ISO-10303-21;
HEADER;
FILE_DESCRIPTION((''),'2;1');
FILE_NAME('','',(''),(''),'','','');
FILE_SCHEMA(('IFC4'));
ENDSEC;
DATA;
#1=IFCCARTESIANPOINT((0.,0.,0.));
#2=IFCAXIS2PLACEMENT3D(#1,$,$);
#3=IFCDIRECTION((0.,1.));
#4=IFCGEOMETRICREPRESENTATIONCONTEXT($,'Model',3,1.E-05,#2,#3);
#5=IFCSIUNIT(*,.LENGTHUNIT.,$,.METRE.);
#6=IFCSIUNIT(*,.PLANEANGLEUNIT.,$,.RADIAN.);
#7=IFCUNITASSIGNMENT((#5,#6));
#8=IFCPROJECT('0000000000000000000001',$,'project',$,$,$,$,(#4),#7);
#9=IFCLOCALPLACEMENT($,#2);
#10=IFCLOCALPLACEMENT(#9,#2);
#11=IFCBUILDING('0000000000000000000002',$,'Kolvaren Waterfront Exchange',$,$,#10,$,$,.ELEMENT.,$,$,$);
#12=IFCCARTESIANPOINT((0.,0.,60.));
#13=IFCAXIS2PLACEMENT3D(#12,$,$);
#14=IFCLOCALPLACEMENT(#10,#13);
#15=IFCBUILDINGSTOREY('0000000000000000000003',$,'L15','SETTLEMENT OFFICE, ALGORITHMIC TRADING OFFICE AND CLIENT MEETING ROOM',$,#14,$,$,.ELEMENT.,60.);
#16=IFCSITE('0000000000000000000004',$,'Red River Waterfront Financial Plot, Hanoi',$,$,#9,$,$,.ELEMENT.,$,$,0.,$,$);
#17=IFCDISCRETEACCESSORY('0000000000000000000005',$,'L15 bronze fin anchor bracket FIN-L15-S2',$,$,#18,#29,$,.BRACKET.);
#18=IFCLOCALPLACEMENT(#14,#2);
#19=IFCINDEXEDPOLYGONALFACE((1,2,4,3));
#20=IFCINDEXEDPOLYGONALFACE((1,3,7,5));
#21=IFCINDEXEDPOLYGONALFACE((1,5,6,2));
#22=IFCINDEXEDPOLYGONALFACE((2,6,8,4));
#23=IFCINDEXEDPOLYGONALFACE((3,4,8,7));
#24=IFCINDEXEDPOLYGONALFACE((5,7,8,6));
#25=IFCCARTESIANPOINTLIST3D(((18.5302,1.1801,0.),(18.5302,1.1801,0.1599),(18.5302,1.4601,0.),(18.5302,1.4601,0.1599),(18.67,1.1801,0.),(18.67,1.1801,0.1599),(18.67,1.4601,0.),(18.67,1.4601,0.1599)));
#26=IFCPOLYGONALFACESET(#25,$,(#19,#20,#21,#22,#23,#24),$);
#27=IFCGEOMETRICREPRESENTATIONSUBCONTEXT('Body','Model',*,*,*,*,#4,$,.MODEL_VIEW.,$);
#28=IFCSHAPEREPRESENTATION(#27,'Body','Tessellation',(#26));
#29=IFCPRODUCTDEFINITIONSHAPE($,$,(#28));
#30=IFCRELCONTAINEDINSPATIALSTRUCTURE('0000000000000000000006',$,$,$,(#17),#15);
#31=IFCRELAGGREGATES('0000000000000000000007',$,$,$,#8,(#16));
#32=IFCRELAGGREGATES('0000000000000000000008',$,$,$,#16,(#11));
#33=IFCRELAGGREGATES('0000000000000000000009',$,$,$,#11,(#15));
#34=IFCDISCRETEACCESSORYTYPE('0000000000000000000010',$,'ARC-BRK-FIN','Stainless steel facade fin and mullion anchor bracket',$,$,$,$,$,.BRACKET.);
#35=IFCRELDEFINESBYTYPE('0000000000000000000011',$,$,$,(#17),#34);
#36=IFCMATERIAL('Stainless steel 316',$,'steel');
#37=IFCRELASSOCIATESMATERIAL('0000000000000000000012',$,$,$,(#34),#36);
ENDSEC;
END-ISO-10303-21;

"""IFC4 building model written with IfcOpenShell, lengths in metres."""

from ifc_helpers import new_model, si_unit, direction, frame, origin, origin_with_axes, origin_2d, place, context, subcontext, project, spatial, rectangle, extrude, source, transform, mapped, material, type_object, element, save


model = new_model("IFC4")

# Units and contexts
model_context = context("Model", 3, precision=1e-05, world=origin(), true_north=direction((0.0, 1.0)))
body_context = subcontext(model_context, "Body", "Model", "MODEL_VIEW")
ifc_project = project(units=[si_unit("LENGTHUNIT", "METRE"), si_unit("PLANEANGLEUNIT", "RADIAN")], contexts=[model_context])

# Site, building, storey
site_placement = place(None, origin())
site = spatial("IfcSite", under=ifc_project, at=site_placement, Name="Red River Waterfront Financial Plot, Hanoi", CompositionType="ELEMENT", RefElevation=0.0)
building_placement = place(site_placement, origin())
building = spatial("IfcBuilding", under=site, at=building_placement, Name="Kolvaren Waterfront Exchange", CompositionType="ELEMENT")
storey_placement = place(building_placement, frame((0.0, 0.0, 60.0)))
storey = spatial("IfcBuildingStorey", under=building, at=storey_placement, Name="L15", Description="SETTLEMENT OFFICE, ALGORITHMIC TRADING OFFICE AND CLIENT MEETING ROOM", CompositionType="ELEMENT", Elevation=60.0)

# Shared definitions
ifc_material_1 = material(Name="Stainless steel 316", Category="steel")

# Discrete accessory
discrete_accessory_type = type_object("IfcDiscreteAccessoryType", Name="ARC-BRK-FIN", Description="Stainless steel facade fin and mullion anchor bracket", PredefinedType="BRACKET", material=ifc_material_1)
shared_shape_1 = source(origin_with_axes(), body_context, "Body", "SweptSolid", [
    extrude(rectangle(XDim=0.28, YDim=0.1399, at=origin_2d()), origin(), (0.0, 0.0, 1.0), 0.1599),
])
for number, where, z_axis, x_axis, name in (
    (1, (18.6001, 1.3201, 0.0), (0.0, 0.0, 1.0), (0.0, -1.0, 0.0), "L15 bronze fin anchor bracket FIN-L15-S2"),
):
    element("IfcDiscreteAccessory", number, at=place(storey_placement, frame(where, z_axis=z_axis, x_axis=x_axis)), inside=storey, type_object=discrete_accessory_type, Name=name, PredefinedType="BRACKET", context=body_context, shape_type="MappedRepresentation", body=[
        mapped(shared_shape_1, transform((0.0, 0.0, 0.0), x_axis=(1.0, 0.0, 0.0), y_axis=(0.0, 1.0, 0.0), z_axis=(0.0, 0.0, 1.0), scale=1.0)),
    ])

save(model, "model.ifc")
